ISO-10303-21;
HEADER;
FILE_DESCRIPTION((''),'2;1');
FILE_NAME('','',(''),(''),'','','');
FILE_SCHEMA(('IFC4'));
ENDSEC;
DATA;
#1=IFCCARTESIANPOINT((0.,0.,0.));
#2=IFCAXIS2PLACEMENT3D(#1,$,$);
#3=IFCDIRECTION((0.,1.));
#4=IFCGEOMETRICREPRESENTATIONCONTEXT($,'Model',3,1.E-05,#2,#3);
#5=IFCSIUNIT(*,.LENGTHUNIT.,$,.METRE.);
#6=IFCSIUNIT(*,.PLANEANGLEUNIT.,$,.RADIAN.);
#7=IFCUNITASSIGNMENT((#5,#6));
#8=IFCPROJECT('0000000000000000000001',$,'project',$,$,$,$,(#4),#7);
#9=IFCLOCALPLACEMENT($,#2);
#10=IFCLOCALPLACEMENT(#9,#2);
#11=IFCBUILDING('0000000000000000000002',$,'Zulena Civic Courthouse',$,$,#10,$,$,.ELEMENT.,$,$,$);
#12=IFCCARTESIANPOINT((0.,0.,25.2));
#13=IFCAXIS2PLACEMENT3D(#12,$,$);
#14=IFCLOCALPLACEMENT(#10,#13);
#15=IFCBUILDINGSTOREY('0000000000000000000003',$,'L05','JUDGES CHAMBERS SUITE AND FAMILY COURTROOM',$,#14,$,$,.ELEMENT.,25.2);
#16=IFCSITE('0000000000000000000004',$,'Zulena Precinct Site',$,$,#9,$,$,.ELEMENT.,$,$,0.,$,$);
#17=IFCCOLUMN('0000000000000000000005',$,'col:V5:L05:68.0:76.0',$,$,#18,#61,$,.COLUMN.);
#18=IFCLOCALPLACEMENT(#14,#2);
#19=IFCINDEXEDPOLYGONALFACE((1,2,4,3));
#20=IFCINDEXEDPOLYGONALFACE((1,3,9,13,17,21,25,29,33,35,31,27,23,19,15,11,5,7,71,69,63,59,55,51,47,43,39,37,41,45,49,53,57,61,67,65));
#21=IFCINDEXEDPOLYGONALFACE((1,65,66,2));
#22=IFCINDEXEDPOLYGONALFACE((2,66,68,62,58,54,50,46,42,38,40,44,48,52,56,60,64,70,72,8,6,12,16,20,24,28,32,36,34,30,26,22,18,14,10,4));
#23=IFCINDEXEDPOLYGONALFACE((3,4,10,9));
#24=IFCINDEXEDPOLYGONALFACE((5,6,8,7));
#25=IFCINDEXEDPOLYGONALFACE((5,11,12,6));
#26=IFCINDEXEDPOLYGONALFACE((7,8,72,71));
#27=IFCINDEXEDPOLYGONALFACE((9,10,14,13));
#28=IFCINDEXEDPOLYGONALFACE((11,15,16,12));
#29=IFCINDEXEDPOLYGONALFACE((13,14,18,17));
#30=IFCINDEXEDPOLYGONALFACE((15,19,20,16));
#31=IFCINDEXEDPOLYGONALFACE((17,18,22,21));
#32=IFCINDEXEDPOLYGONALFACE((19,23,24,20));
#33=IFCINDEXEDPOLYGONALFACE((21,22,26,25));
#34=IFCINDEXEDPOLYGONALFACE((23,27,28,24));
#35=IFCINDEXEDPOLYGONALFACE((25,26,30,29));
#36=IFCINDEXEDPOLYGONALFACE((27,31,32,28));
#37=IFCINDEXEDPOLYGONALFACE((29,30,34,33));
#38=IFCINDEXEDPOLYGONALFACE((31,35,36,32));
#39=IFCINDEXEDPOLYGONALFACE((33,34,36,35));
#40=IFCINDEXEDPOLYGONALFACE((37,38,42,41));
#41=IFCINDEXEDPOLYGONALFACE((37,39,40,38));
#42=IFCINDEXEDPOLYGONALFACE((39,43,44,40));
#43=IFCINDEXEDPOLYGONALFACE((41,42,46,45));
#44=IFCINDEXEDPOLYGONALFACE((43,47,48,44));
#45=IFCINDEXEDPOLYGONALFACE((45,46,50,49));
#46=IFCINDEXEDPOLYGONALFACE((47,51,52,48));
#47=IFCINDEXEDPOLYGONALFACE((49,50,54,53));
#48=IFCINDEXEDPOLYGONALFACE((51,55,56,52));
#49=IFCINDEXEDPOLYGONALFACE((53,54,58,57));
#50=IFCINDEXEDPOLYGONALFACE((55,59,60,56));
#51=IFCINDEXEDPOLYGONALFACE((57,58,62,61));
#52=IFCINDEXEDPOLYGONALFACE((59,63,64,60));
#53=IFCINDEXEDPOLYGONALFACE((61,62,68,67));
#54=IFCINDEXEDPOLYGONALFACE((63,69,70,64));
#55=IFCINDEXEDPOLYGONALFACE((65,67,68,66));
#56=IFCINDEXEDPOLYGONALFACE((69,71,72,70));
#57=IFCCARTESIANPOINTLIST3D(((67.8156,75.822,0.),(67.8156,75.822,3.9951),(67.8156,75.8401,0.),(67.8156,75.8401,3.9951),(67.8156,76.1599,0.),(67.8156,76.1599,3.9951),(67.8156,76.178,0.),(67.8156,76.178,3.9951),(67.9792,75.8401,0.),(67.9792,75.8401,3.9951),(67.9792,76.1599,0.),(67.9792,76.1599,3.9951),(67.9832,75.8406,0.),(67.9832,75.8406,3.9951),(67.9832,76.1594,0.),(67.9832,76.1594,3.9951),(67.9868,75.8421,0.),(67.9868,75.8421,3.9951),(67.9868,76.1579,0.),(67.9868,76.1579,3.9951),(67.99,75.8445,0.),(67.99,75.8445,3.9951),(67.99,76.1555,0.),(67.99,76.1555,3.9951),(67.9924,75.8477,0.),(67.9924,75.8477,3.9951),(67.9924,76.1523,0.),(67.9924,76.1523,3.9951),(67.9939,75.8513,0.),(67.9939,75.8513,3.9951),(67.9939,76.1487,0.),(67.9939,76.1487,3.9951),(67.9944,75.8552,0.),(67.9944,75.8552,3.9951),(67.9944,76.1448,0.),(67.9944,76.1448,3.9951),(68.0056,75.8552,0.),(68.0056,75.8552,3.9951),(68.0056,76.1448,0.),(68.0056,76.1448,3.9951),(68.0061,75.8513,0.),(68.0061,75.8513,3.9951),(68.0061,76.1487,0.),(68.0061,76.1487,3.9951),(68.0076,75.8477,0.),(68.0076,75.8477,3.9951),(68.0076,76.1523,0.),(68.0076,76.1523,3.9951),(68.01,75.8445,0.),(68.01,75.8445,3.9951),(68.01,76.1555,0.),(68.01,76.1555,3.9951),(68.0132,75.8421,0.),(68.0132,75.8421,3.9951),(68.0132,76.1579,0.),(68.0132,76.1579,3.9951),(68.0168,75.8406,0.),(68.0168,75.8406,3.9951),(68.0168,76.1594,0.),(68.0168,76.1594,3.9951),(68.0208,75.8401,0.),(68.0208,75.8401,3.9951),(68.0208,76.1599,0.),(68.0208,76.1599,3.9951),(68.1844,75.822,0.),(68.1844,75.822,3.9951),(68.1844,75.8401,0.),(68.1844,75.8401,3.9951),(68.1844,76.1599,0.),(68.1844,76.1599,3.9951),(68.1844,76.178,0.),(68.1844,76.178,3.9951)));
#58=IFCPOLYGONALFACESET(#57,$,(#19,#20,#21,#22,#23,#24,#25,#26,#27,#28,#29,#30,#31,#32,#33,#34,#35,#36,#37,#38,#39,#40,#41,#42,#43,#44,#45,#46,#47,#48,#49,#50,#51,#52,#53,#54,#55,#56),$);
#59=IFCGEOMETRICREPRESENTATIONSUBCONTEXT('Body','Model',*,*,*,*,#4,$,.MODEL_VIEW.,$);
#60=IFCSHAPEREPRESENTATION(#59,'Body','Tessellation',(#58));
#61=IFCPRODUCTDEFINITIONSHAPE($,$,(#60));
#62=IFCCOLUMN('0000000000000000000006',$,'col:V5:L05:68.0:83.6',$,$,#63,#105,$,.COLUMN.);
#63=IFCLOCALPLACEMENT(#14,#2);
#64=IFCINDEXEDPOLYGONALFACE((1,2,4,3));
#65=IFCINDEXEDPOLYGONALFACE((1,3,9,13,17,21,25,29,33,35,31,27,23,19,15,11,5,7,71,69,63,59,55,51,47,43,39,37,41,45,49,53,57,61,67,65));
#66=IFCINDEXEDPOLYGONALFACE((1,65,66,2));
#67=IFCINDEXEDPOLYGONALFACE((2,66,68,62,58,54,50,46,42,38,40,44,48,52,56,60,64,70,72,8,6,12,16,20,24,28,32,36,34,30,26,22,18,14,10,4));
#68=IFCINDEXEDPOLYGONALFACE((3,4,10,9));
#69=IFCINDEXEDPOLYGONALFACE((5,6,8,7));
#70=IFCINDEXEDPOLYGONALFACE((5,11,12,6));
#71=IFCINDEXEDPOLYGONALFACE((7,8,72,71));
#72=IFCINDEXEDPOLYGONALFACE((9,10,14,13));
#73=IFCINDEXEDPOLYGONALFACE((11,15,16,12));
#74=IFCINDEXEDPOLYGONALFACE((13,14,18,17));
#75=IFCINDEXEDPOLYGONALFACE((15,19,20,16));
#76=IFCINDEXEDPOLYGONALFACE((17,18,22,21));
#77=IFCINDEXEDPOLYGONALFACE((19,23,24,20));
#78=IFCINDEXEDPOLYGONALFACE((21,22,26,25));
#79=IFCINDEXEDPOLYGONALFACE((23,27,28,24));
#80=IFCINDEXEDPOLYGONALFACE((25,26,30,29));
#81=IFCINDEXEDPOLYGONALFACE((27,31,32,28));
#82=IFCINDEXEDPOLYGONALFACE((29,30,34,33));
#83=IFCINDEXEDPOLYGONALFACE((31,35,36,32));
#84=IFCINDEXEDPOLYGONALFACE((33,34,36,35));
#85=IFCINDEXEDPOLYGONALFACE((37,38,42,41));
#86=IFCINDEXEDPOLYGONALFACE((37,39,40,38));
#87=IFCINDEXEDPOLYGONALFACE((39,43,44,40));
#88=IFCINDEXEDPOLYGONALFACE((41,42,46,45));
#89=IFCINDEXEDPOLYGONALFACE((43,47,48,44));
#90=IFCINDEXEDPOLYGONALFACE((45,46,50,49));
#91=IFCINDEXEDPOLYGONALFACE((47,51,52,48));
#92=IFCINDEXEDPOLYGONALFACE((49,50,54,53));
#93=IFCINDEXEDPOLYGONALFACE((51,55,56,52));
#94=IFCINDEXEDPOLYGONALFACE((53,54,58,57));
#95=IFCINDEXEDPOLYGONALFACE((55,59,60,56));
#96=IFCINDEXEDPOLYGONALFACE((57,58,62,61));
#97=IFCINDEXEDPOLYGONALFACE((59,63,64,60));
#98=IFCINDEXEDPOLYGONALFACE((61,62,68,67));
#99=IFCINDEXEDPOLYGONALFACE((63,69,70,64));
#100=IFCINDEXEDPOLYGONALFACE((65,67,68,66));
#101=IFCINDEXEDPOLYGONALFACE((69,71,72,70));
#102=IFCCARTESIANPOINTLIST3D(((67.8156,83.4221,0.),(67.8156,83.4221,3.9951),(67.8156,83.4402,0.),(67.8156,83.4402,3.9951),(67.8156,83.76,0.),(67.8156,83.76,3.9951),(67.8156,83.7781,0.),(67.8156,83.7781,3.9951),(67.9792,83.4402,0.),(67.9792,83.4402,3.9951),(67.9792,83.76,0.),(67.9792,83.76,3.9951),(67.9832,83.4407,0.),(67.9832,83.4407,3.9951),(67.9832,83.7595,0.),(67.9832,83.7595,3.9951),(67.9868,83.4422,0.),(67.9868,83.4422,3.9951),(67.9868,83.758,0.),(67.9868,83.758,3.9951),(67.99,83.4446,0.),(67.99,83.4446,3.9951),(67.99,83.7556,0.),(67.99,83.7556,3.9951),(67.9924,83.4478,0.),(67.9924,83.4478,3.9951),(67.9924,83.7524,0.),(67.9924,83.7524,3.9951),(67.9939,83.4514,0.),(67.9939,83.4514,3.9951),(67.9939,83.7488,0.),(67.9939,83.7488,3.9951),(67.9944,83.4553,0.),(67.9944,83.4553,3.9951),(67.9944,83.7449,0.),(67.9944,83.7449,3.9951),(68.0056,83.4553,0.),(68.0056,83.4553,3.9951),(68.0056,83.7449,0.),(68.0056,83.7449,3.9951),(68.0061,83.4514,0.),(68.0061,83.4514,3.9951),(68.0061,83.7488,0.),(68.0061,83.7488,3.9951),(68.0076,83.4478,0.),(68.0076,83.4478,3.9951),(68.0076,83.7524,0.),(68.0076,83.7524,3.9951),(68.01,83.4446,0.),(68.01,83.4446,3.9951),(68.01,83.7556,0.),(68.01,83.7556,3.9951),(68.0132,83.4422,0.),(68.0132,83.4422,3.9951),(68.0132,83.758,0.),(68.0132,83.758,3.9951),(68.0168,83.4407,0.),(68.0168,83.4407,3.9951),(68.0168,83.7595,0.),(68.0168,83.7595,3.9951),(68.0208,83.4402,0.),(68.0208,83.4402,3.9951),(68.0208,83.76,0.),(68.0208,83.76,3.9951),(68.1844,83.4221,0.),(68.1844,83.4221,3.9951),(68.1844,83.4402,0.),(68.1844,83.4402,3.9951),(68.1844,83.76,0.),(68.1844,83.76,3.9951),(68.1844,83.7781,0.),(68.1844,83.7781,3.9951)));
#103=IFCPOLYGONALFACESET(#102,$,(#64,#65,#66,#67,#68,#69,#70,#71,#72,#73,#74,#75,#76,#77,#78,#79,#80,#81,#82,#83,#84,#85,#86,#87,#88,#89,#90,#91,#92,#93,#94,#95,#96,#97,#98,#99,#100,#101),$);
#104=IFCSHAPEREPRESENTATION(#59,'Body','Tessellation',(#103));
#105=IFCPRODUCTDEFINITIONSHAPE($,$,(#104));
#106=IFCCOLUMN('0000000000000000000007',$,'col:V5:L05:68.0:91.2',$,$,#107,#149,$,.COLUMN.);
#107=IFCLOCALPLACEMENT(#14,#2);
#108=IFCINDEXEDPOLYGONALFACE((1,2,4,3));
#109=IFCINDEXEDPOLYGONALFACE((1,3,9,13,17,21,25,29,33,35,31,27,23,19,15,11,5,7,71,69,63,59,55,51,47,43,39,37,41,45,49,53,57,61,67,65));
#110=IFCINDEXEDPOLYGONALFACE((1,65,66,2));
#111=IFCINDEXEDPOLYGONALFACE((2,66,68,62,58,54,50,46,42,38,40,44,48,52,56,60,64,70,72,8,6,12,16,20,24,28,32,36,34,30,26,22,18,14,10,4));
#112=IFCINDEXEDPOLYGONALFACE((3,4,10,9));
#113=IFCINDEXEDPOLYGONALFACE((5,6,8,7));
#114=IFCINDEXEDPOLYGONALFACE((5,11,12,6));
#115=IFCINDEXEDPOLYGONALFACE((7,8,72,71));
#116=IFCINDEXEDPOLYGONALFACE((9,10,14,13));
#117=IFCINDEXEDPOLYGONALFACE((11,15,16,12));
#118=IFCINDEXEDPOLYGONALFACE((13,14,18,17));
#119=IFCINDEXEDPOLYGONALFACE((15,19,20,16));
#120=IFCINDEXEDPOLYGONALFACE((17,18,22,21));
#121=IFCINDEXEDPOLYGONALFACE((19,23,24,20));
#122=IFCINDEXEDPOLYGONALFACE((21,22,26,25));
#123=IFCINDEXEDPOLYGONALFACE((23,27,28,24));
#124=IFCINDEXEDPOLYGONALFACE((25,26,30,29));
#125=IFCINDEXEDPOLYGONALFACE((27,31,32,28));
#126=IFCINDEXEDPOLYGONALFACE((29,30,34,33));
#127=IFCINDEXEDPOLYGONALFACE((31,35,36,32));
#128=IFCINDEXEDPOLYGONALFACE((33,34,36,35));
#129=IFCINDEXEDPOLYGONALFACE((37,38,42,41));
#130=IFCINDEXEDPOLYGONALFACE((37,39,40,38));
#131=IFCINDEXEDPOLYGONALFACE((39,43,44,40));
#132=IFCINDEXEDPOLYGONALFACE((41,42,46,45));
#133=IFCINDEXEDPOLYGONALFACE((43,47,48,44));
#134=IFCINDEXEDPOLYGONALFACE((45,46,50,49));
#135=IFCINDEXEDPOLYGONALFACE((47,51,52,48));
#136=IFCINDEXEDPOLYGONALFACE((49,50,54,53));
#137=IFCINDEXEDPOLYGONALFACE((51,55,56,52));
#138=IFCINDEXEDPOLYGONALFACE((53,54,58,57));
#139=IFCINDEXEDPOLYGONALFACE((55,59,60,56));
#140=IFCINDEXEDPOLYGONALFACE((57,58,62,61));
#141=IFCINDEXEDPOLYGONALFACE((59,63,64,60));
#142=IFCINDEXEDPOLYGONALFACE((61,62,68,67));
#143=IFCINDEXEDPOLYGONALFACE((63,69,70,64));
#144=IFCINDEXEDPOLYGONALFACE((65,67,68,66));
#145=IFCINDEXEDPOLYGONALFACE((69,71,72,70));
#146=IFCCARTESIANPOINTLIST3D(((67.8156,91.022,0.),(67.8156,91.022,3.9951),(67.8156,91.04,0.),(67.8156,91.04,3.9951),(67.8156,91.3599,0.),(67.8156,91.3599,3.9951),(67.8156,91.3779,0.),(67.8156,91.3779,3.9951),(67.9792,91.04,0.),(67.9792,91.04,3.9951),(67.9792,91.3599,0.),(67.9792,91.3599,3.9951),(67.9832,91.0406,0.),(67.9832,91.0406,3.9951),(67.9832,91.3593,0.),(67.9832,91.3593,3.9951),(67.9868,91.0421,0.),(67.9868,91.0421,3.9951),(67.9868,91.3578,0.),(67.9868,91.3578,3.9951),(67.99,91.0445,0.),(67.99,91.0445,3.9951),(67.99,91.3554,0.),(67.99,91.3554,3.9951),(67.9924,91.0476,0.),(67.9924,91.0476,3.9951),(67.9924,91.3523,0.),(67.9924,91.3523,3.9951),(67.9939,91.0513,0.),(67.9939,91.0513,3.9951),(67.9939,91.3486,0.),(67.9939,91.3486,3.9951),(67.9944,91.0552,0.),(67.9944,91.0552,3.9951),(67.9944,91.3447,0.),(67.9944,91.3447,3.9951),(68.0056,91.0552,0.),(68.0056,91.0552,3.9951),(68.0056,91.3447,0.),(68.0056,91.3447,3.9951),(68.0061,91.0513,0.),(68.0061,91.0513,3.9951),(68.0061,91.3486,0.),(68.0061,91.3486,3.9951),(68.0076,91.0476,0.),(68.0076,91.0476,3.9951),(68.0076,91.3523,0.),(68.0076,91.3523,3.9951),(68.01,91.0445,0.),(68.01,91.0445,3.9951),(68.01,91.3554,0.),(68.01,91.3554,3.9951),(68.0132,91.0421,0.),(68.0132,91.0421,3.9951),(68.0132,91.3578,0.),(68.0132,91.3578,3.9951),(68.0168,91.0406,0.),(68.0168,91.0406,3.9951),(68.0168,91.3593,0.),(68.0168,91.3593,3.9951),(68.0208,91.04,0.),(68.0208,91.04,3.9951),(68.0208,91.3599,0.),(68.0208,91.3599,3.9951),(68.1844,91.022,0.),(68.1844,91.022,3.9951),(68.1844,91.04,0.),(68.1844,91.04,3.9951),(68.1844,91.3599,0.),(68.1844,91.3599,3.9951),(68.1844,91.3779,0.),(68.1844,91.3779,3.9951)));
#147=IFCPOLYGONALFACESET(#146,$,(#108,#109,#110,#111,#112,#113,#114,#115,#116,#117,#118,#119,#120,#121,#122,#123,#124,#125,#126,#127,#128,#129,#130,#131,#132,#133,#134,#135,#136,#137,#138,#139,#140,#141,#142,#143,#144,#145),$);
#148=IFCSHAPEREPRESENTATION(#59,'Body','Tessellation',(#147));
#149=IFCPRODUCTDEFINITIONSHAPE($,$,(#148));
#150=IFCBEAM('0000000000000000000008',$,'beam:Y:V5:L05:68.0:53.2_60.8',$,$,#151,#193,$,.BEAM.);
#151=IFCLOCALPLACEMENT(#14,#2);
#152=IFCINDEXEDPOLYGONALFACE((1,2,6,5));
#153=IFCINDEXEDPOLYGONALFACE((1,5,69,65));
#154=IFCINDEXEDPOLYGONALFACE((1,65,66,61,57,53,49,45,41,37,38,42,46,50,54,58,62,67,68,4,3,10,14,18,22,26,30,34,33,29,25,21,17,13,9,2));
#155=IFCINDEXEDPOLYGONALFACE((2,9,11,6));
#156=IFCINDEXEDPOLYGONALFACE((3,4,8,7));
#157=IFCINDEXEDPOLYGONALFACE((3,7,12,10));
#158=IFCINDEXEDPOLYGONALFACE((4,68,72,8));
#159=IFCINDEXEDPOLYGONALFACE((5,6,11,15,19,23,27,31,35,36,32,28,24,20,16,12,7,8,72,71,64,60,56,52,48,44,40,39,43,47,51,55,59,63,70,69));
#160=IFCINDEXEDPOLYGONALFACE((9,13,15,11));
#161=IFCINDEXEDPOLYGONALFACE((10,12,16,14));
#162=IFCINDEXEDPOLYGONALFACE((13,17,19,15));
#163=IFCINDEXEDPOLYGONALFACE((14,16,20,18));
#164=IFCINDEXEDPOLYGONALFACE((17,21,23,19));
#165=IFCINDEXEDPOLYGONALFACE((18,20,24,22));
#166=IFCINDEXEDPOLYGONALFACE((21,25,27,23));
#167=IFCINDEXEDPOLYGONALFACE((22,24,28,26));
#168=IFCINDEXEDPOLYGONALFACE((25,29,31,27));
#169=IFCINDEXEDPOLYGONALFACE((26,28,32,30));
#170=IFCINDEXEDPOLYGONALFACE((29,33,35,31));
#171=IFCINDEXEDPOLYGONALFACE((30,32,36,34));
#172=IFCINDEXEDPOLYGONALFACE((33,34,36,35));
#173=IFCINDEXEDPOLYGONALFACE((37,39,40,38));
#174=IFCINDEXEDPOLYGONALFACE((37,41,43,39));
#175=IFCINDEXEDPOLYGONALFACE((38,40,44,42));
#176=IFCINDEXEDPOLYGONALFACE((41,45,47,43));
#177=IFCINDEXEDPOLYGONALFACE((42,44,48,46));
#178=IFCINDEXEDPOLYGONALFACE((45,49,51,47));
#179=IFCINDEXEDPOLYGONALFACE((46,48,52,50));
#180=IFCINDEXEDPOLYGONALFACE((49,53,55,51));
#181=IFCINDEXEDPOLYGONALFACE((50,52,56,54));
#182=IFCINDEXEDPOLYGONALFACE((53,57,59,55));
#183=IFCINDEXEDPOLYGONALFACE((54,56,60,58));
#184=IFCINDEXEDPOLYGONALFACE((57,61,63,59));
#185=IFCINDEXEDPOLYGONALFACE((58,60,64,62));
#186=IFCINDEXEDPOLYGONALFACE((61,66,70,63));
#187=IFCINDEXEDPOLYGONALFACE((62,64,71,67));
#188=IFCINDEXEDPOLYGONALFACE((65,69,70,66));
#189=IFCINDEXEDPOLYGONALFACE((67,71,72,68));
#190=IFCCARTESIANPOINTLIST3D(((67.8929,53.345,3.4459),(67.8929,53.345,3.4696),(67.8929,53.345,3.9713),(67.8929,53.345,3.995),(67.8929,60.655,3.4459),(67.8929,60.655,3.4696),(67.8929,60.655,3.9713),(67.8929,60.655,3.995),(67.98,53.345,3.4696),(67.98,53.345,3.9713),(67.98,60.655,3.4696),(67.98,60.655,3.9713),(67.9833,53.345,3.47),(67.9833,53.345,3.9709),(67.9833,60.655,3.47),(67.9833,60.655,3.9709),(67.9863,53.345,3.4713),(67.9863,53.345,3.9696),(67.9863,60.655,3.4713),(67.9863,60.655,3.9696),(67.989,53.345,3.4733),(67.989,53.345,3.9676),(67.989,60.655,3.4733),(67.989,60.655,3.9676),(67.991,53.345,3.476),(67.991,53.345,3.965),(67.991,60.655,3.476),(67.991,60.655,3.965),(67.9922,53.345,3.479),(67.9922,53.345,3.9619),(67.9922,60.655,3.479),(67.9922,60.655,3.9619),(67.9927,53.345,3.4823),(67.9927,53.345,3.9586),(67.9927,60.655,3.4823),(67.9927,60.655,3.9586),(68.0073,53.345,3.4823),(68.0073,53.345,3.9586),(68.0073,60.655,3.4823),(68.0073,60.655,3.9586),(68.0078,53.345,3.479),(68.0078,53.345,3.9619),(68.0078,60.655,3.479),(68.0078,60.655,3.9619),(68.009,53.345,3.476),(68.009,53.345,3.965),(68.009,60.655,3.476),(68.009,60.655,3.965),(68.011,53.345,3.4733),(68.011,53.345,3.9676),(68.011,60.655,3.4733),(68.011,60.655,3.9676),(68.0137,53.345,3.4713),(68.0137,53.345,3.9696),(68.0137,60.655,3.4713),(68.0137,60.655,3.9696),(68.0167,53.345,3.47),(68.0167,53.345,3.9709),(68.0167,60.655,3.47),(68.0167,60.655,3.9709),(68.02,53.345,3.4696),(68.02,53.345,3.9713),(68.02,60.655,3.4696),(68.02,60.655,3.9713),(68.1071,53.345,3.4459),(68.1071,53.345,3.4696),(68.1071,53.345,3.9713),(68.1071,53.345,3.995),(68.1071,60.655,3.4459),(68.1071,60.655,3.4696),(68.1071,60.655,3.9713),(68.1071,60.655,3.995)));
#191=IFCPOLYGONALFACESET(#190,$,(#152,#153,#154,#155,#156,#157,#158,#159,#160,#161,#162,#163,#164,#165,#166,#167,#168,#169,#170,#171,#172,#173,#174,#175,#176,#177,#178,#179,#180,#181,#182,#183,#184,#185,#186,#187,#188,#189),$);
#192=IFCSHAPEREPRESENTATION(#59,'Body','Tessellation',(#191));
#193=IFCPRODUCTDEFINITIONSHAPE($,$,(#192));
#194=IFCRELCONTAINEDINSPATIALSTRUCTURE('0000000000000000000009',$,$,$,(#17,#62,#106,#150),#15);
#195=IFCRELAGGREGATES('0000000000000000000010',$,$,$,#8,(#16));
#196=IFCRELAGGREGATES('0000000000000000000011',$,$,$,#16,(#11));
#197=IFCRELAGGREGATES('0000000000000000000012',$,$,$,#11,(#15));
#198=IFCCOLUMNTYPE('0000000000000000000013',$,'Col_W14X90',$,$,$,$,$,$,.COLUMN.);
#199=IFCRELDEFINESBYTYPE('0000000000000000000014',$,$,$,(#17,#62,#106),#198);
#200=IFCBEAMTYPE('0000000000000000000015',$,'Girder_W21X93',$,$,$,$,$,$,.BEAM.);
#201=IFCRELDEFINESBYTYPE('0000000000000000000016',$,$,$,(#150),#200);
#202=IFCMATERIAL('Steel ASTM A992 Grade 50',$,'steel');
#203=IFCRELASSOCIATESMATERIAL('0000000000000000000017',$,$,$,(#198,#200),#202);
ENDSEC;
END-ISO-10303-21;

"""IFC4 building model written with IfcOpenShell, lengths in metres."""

from ifc_helpers import new_model, si_unit, direction, frame, origin, origin_2d, place, context, subcontext, project, spatial, i_section, extrude, material, material_profile, profile_set, type_object, element, save


model = new_model("IFC4")

# Units and contexts
model_context = context("Model", 3, precision=1e-05, world=origin(), true_north=direction((0.0, 1.0)))
body_context = subcontext(model_context, "Body", "Model", "MODEL_VIEW")
ifc_project = project(units=[si_unit("LENGTHUNIT", "METRE"), si_unit("PLANEANGLEUNIT", "RADIAN")], contexts=[model_context])

# Site, building, storey
site_placement = place(None, origin())
site = spatial("IfcSite", under=ifc_project, at=site_placement, Name="Zulena Precinct Site", CompositionType="ELEMENT", RefElevation=0.0)
building_placement = place(site_placement, origin())
building = spatial("IfcBuilding", under=site, at=building_placement, Name="Zulena Civic Courthouse", CompositionType="ELEMENT")
storey_placement = place(building_placement, frame((0.0, 0.0, 25.2)))
storey = spatial("IfcBuildingStorey", under=building, at=storey_placement, Name="L05", Description="JUDGES CHAMBERS SUITE AND FAMILY COURTROOM", CompositionType="ELEMENT", Elevation=25.2)

# Columns
ifc_material_1 = material(Name="Steel ASTM A992 Grade 50", Category="steel")
ifc_material_profile_1 = material_profile(ifc_material_1, i_section(OverallWidth=0.3689, OverallDepth=0.356, WebThickness=0.0112, FlangeThickness=0.0181, FilletRadius=0.0151, at=origin_2d()), Name="W14X90")
ifc_profile_set_1 = profile_set([ifc_material_profile_1], Name="Steel ASTM A992 Grade 50")
column_type_1 = type_object("IfcColumnType", Name="Col_W14X90", PredefinedType="COLUMN", material=ifc_profile_set_1)
for number, where, z_axis, x_axis, name in (
    (1, (68.0, 76.0, 0.0), (0.0, 0.0, 1.0), (1.0, 0.0, 0.0), "col:V5:L05:68.0:76.0"),
    (2, (68.0, 83.6001, 0.0), (0.0, 0.0, 1.0), (1.0, 0.0, 0.0), "col:V5:L05:68.0:83.6"),
    (3, (68.0, 91.2, 0.0), (0.0, 0.0, 1.0), (1.0, 0.0, 0.0), "col:V5:L05:68.0:91.2"),
):
    element("IfcColumn", number, at=place(storey_placement, frame(where, z_axis=z_axis, x_axis=x_axis)), inside=storey, type_object=column_type_1, Name=name, PredefinedType="COLUMN", context=body_context, shape_type="SweptSolid", body=[
        extrude(i_section(OverallWidth=0.3689, OverallDepth=0.356, WebThickness=0.0112, FlangeThickness=0.0181, FilletRadius=0.0151, at=origin_2d()), origin(), (0.0, 0.0, 1.0), 3.9951),
    ])

# Beam
ifc_material_profile_2 = material_profile(ifc_material_1, i_section(OverallWidth=0.2141, OverallDepth=0.5491, WebThickness=0.0146, FlangeThickness=0.0237, FilletRadius=0.0127, at=origin_2d()), Name="W21X93")
ifc_profile_set_2 = profile_set([ifc_material_profile_2], Name="Steel ASTM A992 Grade 50")
beam_type_1 = type_object("IfcBeamType", Name="Girder_W21X93", PredefinedType="BEAM", material=ifc_profile_set_2)
beam_1_placement = place(storey_placement, frame((68.0, 53.345, 3.7205), z_axis=(0.0, 1.0, 0.0), x_axis=(-1.0, 0.0, 0.0)))
element("IfcBeam", 4, at=beam_1_placement, inside=storey, type_object=beam_type_1, Name="beam:Y:V5:L05:68.0:53.2_60.8", PredefinedType="BEAM", context=body_context, shape_type="SweptSolid", body=[
    extrude(i_section(OverallWidth=0.2141, OverallDepth=0.5491, WebThickness=0.0146, FlangeThickness=0.0237, FilletRadius=0.0127, at=origin_2d()), origin(), (0.0, 0.0, 1.0), 7.3101),
])

save(model, "model.ifc")
